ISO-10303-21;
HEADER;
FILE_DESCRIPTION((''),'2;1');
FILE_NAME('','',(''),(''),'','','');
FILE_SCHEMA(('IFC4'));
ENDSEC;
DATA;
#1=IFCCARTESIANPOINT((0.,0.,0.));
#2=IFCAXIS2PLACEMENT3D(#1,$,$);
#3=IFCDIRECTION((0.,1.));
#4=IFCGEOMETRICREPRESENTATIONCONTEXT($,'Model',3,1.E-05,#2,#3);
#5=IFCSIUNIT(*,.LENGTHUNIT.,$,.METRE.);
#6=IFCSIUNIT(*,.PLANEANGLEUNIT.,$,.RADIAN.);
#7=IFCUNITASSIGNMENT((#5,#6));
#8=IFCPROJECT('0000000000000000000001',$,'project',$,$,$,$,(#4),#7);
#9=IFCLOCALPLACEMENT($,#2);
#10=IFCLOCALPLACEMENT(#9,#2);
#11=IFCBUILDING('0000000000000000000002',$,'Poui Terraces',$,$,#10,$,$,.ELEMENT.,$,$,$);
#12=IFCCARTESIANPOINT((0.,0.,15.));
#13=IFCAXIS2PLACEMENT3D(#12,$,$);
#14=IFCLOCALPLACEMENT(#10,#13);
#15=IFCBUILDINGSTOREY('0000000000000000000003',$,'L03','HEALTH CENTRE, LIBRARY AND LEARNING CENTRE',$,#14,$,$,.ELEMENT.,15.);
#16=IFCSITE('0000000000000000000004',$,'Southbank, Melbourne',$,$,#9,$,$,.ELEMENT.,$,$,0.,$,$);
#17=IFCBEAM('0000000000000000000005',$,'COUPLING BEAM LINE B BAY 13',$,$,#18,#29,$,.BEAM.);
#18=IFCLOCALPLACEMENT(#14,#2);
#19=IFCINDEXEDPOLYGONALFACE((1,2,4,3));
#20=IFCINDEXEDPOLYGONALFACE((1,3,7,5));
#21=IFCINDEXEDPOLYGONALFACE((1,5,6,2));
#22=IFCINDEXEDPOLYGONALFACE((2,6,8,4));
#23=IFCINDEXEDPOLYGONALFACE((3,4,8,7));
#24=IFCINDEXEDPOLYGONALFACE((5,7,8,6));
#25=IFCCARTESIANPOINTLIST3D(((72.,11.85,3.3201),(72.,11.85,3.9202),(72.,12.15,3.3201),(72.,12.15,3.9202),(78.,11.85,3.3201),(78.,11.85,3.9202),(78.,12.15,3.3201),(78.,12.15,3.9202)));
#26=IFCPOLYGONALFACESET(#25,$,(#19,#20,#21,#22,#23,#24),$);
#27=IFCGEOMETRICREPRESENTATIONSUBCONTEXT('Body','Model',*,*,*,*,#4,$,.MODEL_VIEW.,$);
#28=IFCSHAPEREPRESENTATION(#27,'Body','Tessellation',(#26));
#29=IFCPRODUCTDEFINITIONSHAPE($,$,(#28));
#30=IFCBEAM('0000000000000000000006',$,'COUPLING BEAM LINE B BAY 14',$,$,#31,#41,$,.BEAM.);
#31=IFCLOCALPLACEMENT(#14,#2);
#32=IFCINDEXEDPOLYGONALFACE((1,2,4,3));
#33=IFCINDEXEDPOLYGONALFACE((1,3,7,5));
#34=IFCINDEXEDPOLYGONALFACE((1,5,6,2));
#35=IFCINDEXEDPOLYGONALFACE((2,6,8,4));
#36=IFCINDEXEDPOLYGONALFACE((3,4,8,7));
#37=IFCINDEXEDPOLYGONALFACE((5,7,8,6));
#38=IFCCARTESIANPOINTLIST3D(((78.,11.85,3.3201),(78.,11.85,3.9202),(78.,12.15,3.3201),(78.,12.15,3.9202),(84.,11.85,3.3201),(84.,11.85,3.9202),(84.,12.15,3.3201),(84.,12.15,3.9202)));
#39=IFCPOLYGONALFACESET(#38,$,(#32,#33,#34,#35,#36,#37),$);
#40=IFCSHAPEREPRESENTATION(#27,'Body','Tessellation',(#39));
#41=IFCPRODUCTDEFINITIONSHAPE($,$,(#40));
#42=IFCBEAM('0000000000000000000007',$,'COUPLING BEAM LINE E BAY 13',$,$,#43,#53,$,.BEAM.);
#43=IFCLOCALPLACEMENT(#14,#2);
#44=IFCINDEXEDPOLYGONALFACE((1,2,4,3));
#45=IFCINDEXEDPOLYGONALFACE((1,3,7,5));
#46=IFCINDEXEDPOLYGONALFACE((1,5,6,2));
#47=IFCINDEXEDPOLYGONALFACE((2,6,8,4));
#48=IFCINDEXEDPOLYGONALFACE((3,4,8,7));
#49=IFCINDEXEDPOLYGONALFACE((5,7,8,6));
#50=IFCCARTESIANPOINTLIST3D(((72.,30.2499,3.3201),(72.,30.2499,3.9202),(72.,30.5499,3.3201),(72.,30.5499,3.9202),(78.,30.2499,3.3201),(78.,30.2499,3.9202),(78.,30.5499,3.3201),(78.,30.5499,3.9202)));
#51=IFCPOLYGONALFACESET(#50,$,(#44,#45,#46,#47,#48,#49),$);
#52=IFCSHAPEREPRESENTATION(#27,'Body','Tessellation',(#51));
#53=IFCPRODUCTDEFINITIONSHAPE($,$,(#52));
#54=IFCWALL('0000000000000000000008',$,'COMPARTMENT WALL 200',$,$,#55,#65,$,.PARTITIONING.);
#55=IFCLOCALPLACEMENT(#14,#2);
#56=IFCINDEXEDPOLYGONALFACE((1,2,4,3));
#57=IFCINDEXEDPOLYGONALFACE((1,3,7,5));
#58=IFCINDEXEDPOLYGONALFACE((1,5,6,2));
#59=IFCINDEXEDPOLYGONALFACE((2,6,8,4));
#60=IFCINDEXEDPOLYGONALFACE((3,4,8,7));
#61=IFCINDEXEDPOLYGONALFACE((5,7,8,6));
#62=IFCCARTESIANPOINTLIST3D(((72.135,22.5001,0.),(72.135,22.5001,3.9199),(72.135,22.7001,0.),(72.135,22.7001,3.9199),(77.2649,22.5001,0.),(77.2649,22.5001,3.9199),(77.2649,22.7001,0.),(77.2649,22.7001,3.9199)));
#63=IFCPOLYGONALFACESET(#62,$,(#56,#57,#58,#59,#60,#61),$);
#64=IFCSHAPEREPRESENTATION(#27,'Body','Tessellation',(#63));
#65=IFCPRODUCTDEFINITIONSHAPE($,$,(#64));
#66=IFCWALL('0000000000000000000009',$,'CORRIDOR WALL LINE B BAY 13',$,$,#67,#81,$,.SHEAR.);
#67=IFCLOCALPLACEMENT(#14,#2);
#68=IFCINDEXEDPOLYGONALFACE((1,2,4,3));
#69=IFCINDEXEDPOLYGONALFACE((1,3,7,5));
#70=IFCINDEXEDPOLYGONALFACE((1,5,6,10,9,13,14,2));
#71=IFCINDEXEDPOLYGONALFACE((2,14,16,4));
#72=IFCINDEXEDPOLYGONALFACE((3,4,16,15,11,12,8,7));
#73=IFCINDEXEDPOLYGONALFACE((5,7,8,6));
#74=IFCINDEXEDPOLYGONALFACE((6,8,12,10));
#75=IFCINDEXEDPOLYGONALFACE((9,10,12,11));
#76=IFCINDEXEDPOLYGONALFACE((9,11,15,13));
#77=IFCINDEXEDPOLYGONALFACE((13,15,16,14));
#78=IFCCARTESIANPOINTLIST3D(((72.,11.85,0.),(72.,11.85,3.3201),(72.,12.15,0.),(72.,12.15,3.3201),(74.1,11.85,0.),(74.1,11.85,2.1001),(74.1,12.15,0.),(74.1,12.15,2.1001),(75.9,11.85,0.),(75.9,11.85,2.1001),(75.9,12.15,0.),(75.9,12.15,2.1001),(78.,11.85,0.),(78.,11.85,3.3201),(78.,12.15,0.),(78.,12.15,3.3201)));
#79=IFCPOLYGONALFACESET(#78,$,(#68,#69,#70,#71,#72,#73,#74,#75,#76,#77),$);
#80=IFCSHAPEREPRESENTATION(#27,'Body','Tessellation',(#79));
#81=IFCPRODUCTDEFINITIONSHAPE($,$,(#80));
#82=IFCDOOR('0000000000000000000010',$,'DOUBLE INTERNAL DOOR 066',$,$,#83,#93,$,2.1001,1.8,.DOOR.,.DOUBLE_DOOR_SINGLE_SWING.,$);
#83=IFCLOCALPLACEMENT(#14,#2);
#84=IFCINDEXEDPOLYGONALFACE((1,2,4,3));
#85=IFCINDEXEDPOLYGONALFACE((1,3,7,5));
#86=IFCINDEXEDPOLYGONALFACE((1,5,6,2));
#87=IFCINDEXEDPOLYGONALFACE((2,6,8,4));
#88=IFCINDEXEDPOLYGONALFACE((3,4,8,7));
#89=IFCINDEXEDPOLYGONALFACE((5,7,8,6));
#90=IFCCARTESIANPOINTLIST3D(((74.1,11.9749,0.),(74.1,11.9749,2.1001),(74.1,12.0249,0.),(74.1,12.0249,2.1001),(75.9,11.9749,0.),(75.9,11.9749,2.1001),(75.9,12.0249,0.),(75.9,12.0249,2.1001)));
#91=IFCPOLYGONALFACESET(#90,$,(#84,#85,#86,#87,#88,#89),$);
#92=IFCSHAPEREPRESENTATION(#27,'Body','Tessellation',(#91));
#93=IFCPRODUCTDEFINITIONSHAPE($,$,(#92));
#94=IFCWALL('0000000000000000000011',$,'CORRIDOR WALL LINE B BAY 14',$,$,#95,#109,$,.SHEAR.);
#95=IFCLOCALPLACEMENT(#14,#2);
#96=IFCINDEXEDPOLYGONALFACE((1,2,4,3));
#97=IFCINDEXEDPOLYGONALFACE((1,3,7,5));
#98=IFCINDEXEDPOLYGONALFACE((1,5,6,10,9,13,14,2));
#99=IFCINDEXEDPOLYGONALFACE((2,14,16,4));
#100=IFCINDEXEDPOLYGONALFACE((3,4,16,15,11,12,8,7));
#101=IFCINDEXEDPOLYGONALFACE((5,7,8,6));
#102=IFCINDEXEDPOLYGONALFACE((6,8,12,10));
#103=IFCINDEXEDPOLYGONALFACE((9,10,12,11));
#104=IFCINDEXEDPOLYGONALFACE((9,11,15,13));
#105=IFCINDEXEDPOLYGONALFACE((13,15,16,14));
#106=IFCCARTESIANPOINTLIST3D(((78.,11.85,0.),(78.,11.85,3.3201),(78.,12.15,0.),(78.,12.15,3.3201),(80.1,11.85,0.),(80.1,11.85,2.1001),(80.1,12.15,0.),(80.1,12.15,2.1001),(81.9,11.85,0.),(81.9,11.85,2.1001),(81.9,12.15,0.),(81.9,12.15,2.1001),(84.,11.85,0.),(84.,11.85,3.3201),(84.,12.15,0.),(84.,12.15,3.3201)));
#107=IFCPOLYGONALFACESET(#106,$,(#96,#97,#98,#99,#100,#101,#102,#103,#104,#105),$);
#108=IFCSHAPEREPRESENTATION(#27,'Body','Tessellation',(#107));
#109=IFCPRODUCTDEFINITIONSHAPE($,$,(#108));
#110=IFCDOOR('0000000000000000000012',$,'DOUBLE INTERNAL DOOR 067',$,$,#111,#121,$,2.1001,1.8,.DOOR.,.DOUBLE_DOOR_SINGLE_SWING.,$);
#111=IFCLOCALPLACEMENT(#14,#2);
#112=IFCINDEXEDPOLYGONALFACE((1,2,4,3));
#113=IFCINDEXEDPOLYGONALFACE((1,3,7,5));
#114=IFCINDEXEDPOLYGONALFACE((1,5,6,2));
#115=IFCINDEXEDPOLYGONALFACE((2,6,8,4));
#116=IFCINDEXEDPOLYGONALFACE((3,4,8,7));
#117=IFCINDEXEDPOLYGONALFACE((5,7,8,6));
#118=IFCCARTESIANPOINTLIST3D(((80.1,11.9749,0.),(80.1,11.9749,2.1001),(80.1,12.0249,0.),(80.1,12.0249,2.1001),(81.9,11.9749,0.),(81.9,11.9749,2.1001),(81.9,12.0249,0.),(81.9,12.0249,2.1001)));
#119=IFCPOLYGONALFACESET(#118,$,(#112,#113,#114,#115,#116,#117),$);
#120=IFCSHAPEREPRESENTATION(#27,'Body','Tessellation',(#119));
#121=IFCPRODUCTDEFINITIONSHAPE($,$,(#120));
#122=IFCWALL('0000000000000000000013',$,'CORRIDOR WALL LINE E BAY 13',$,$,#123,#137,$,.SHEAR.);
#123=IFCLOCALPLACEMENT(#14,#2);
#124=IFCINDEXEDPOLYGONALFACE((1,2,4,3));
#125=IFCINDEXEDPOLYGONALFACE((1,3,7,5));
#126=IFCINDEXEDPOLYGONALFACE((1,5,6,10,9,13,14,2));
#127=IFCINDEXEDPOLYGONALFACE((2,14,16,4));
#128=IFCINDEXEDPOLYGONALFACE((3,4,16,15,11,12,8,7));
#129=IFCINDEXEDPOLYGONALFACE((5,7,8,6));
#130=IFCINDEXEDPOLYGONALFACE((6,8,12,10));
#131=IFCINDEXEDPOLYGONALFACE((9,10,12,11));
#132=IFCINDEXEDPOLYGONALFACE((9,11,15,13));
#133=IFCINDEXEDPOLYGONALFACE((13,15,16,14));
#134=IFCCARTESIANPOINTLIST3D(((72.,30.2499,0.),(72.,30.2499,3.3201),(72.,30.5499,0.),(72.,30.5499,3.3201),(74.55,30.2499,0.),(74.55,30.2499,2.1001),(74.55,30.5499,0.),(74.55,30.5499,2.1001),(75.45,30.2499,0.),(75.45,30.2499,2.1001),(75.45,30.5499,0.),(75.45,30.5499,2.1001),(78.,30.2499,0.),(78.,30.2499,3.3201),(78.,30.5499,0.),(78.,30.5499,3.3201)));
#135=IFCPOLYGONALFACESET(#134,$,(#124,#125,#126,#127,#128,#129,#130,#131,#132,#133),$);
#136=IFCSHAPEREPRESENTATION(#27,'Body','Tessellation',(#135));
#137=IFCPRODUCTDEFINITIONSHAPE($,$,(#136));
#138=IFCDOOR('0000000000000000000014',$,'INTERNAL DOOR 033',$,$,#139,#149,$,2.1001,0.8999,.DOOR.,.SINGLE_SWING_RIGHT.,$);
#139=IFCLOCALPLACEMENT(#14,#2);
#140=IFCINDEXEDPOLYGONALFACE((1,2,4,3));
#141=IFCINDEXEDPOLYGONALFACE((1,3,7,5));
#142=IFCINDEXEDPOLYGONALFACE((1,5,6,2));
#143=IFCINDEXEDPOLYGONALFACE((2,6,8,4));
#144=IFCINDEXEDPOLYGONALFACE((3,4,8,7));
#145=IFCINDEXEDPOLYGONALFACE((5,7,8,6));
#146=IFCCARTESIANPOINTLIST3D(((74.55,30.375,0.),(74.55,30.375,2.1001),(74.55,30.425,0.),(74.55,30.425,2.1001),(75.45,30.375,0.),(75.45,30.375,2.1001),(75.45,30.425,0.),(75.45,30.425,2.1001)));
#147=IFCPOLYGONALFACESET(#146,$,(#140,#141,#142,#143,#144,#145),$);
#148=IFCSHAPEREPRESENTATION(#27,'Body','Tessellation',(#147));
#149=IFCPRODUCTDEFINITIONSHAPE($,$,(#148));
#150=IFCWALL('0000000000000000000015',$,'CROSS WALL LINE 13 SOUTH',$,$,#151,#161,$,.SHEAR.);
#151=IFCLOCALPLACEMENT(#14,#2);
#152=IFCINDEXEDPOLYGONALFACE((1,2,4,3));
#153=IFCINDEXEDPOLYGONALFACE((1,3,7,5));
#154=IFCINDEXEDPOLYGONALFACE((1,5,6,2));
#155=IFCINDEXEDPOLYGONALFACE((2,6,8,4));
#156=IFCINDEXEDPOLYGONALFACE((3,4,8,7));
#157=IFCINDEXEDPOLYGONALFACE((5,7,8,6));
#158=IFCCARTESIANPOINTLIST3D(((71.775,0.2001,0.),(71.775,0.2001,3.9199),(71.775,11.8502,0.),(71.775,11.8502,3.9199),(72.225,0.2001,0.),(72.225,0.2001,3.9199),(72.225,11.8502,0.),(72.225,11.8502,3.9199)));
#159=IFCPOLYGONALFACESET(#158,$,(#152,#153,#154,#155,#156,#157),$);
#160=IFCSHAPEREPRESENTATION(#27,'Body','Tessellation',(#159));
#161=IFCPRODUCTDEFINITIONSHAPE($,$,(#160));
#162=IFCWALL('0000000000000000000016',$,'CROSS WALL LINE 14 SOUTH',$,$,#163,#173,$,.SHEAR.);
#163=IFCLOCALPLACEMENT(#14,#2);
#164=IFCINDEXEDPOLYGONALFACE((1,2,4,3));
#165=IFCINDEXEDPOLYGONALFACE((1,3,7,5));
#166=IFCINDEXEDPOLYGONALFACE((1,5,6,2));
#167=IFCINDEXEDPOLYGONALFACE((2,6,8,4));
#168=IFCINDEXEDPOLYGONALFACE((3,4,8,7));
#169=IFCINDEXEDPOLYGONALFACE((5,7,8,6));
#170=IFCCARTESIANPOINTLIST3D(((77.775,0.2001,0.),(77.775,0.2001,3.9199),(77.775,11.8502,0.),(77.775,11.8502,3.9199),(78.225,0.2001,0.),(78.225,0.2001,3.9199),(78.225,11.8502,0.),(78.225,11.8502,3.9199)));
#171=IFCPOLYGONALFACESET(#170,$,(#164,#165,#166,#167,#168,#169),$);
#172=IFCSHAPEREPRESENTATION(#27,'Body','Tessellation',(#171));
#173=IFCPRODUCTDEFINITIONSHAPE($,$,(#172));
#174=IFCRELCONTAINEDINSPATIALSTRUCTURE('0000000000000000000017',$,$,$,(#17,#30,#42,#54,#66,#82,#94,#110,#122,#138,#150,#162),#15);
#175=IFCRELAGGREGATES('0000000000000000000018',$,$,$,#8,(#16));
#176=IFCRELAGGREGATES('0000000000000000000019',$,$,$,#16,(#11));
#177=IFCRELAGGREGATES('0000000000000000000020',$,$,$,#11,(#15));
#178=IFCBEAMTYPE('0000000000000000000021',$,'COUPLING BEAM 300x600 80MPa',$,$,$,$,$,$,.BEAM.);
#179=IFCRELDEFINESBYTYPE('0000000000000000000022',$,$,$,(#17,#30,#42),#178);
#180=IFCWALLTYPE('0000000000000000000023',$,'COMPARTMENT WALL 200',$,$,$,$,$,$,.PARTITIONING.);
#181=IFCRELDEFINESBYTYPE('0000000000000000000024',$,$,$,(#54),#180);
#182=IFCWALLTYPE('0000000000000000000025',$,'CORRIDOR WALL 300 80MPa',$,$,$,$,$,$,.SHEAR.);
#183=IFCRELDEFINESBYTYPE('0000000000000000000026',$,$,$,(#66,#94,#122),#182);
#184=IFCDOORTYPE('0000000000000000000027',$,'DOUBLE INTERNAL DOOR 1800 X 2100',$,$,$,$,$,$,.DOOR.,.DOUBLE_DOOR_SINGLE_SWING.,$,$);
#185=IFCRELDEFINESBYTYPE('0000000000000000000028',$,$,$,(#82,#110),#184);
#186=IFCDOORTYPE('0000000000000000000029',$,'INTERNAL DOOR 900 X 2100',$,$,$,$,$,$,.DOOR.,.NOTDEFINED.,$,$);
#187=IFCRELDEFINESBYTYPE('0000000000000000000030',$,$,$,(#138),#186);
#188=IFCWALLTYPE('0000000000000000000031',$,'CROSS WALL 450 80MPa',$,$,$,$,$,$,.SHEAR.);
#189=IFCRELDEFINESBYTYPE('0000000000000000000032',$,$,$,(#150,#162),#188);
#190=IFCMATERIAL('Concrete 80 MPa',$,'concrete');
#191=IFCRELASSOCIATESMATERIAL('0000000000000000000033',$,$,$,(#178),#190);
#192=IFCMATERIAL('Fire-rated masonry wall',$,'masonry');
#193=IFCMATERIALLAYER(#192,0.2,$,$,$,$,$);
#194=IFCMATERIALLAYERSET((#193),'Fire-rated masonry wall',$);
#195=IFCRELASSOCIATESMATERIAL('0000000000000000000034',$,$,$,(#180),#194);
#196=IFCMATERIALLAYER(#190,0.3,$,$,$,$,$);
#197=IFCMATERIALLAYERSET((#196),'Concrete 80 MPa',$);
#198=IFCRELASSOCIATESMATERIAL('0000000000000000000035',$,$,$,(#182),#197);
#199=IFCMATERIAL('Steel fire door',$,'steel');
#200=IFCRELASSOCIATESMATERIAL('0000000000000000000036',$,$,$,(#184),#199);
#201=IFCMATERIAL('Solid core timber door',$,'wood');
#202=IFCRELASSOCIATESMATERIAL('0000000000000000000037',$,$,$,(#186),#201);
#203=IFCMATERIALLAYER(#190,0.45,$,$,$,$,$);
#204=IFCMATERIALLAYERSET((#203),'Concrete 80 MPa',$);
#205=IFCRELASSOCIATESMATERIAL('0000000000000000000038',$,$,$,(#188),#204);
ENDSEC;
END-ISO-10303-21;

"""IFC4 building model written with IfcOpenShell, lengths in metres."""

from ifc_helpers import new_model, si_unit, direction, frame, frame_2d, origin, origin_2d, place, context, subcontext, project, spatial, rectangle, extrude, source, transform, mapped, material, layer, layer_set, material_profile, profile_set, type_object, element, fill, save


model = new_model("IFC4")

# Units and contexts
model_context = context("Model", 3, precision=1e-05, world=origin(), true_north=direction((0.0, 1.0)))
body_context = subcontext(model_context, "Body", "Model", "MODEL_VIEW")
ifc_project = project(units=[si_unit("LENGTHUNIT", "METRE"), si_unit("PLANEANGLEUNIT", "RADIAN")], contexts=[model_context])

# Site, building, storey
site_placement = place(None, origin())
site = spatial("IfcSite", under=ifc_project, at=site_placement, Name="Southbank, Melbourne", CompositionType="ELEMENT", RefElevation=0.0)
building_placement = place(site_placement, origin())
building = spatial("IfcBuilding", under=site, at=building_placement, Name="Poui Terraces", CompositionType="ELEMENT")
storey_placement = place(building_placement, frame((0.0, 0.0, 15.0)))
storey = spatial("IfcBuildingStorey", under=building, at=storey_placement, Name="L03", Description="HEALTH CENTRE, LIBRARY AND LEARNING CENTRE", CompositionType="ELEMENT", Elevation=15.0)

# Beams
ifc_material_1 = material(Name="Concrete 80 MPa", Category="concrete")
ifc_material_profile = material_profile(ifc_material_1, rectangle(XDim=0.3, YDim=0.6001, at=origin_2d()), Name="RC 300x600")
ifc_profile_set = profile_set([ifc_material_profile], Name="Concrete 80 MPa")
beam_type = type_object("IfcBeamType", Name="COUPLING BEAM 300x600 80MPa", PredefinedType="BEAM", material=ifc_profile_set)
shared_shape = source(origin(), body_context, "Body", "SweptSolid", [
    extrude(rectangle(XDim=0.3, YDim=0.6001, at=origin_2d()), origin(), (0.0, 0.0, 1.0), 6.0),
])
for number, where, z_axis, x_axis, name in (
    (1, (72.0, 12.0, 3.6201), (1.0, 0.0, 0.0), (0.0, 1.0, 0.0), "COUPLING BEAM LINE B BAY 13"),
    (2, (78.0, 12.0, 3.6201), (1.0, 0.0, 0.0), (0.0, 1.0, 0.0), "COUPLING BEAM LINE B BAY 14"),
    (3, (72.0, 30.3999, 3.6201), (1.0, 0.0, 0.0), (0.0, 1.0, 0.0), "COUPLING BEAM LINE E BAY 13"),
):
    element("IfcBeam", number, at=place(storey_placement, frame(where, z_axis=z_axis, x_axis=x_axis)), inside=storey, type_object=beam_type, Name=name, PredefinedType="BEAM", context=body_context, shape_type="MappedRepresentation", body=[
        mapped(shared_shape, transform((0.0, 0.0, 0.0))),
    ])

# Wall
ifc_material_2 = material(Name="Fire-rated masonry wall", Category="masonry")
ifc_layer_1 = layer(ifc_material_2, 0.2)
ifc_layer_set_1 = layer_set([ifc_layer_1], Name="Fire-rated masonry wall")
wall_type_1 = type_object("IfcWallType", Name="COMPARTMENT WALL 200", PredefinedType="PARTITIONING", material=ifc_layer_set_1)
wall_1_placement = place(storey_placement, frame((72.135, 22.6001, 0.0), z_axis=(0.0, 0.0, 1.0), x_axis=(1.0, 0.0, 0.0)))
element("IfcWall", 4, at=wall_1_placement, inside=storey, type_object=wall_type_1, Name="COMPARTMENT WALL 200", PredefinedType="PARTITIONING", context=body_context, shape_type="SweptSolid", body=[
    extrude(rectangle(XDim=5.1299, YDim=0.2, at=frame_2d((2.5649, 0.0))), origin(), (0.0, 0.0, 1.0), 3.9199),
])

# Walls, openings, doors
ifc_layer_2 = layer(ifc_material_1, 0.3)
ifc_layer_set_2 = layer_set([ifc_layer_2], Name="Concrete 80 MPa")
wall_type_2 = type_object("IfcWallType", Name="CORRIDOR WALL 300 80MPa", PredefinedType="SHEAR", material=ifc_layer_set_2)
wall_2_placement = place(storey_placement, frame((72.0, 12.0, 0.0), z_axis=(0.0, 0.0, 1.0), x_axis=(1.0, 0.0, 0.0)))
wall_2 = element("IfcWall", 5, at=wall_2_placement, inside=storey, type_object=wall_type_2, Name="CORRIDOR WALL LINE B BAY 13", PredefinedType="SHEAR", context=body_context, shape_type="SweptSolid", body=[
    extrude(rectangle(XDim=6.0, YDim=0.3, at=frame_2d((3.0, 0.0))), origin(), (0.0, 0.0, 1.0), 3.3201),
])
opening_1_placement = place(wall_2_placement, frame((2.1001, 0.0, 0.0)))
opening_1 = element("IfcOpeningElement", 6, at=opening_1_placement, cuts=wall_2, PredefinedType="OPENING", context=body_context, shape_type="SweptSolid", body=[
    extrude(rectangle(XDim=1.8, YDim=2.1001, at=frame_2d((0.8999, 1.05))), frame((0.0, 0.1602, 0.0), z_axis=(0.0, -1.0, 0.0), x_axis=(1.0, 0.0, 0.0)), (0.0, 0.0, 1.0), 0.3201),
])
ifc_material_3 = material(Name="Steel fire door", Category="steel")
door_type_1 = type_object("IfcDoorType", Name="DOUBLE INTERNAL DOOR 1800 X 2100", OperationType="DOUBLE_DOOR_SINGLE_SWING", PredefinedType="DOOR", material=ifc_material_3)
door_1_placement = place(opening_1_placement, origin())
door_1 = element("IfcDoor", 7, at=door_1_placement, inside=storey, type_object=door_type_1, Name="DOUBLE INTERNAL DOOR 066", OperationType="DOUBLE_DOOR_SINGLE_SWING", OverallHeight=2.1001, OverallWidth=1.8, PredefinedType="DOOR", context=body_context, shape_type="SweptSolid", body=[
    extrude(rectangle(XDim=1.8, YDim=2.1001, at=frame_2d((0.8999, 1.05))), frame((0.0, 0.0249, 0.0), z_axis=(0.0, -1.0, 0.0), x_axis=(1.0, 0.0, 0.0)), (0.0, 0.0, 1.0), 0.05),
])
fill(opening_1, door_1)
wall_3_placement = place(storey_placement, frame((78.0, 12.0, 0.0), z_axis=(0.0, 0.0, 1.0), x_axis=(1.0, 0.0, 0.0)))
wall_3 = element("IfcWall", 8, at=wall_3_placement, inside=storey, type_object=wall_type_2, Name="CORRIDOR WALL LINE B BAY 14", PredefinedType="SHEAR", context=body_context, shape_type="SweptSolid", body=[
    extrude(rectangle(XDim=6.0, YDim=0.3, at=frame_2d((3.0, 0.0))), origin(), (0.0, 0.0, 1.0), 3.3201),
])
opening_2_placement = place(wall_3_placement, frame((2.1001, 0.0, 0.0)))
opening_2 = element("IfcOpeningElement", 9, at=opening_2_placement, cuts=wall_3, PredefinedType="OPENING", context=body_context, shape_type="SweptSolid", body=[
    extrude(rectangle(XDim=1.8, YDim=2.1001, at=frame_2d((0.8999, 1.05))), frame((0.0, 0.1602, 0.0), z_axis=(0.0, -1.0, 0.0), x_axis=(1.0, 0.0, 0.0)), (0.0, 0.0, 1.0), 0.3201),
])
door_2_placement = place(opening_2_placement, origin())
door_2 = element("IfcDoor", 10, at=door_2_placement, inside=storey, type_object=door_type_1, Name="DOUBLE INTERNAL DOOR 067", OperationType="DOUBLE_DOOR_SINGLE_SWING", OverallHeight=2.1001, OverallWidth=1.8, PredefinedType="DOOR", context=body_context, shape_type="SweptSolid", body=[
    extrude(rectangle(XDim=1.8, YDim=2.1001, at=frame_2d((0.8999, 1.05))), frame((0.0, 0.0249, 0.0), z_axis=(0.0, -1.0, 0.0), x_axis=(1.0, 0.0, 0.0)), (0.0, 0.0, 1.0), 0.05),
])
fill(opening_2, door_2)
wall_4_placement = place(storey_placement, frame((72.0, 30.3999, 0.0), z_axis=(0.0, 0.0, 1.0), x_axis=(1.0, 0.0, 0.0)))
wall_4 = element("IfcWall", 11, at=wall_4_placement, inside=storey, type_object=wall_type_2, Name="CORRIDOR WALL LINE E BAY 13", PredefinedType="SHEAR", context=body_context, shape_type="SweptSolid", body=[
    extrude(rectangle(XDim=6.0, YDim=0.3, at=frame_2d((3.0, 0.0))), origin(), (0.0, 0.0, 1.0), 3.3201),
])
opening_3_placement = place(wall_4_placement, frame((2.55, 0.0, 0.0)))
opening_3 = element("IfcOpeningElement", 12, at=opening_3_placement, cuts=wall_4, PredefinedType="OPENING", context=body_context, shape_type="SweptSolid", body=[
    extrude(rectangle(XDim=0.8999, YDim=2.1001, at=frame_2d((0.45, 1.05))), frame((0.0, 0.1602, 0.0), z_axis=(0.0, -1.0, 0.0), x_axis=(1.0, 0.0, 0.0)), (0.0, 0.0, 1.0), 0.3201),
])
ifc_material_4 = material(Name="Solid core timber door", Category="wood")
door_type_2 = type_object("IfcDoorType", Name="INTERNAL DOOR 900 X 2100", OperationType="NOTDEFINED", PredefinedType="DOOR", material=ifc_material_4)
door_3_placement = place(opening_3_placement, frame((0.8999, 0.0, 0.0), z_axis=(0.0, 0.0, 1.0), x_axis=(-1.0, 0.0, 0.0)))
door_3 = element("IfcDoor", 13, at=door_3_placement, inside=storey, type_object=door_type_2, Name="INTERNAL DOOR 033", OperationType="SINGLE_SWING_RIGHT", OverallHeight=2.1001, OverallWidth=0.8999, PredefinedType="DOOR", context=body_context, shape_type="SweptSolid", body=[
    extrude(rectangle(XDim=0.8999, YDim=2.1001, at=frame_2d((0.45, 1.05))), frame((0.0, 0.0249, 0.0), z_axis=(0.0, -1.0, 0.0), x_axis=(1.0, 0.0, 0.0)), (0.0, 0.0, 1.0), 0.05),
])
fill(opening_3, door_3)

# Walls
ifc_layer_3 = layer(ifc_material_1, 0.45)
ifc_layer_set_3 = layer_set([ifc_layer_3], Name="Concrete 80 MPa")
wall_type_3 = type_object("IfcWallType", Name="CROSS WALL 450 80MPa", PredefinedType="SHEAR", material=ifc_layer_set_3)
for number, where, z_axis, x_axis, name in (
    (14, (72.0, 0.2, 0.0), (0.0, 0.0, 1.0), (0.0, 1.0, 0.0), "CROSS WALL LINE 13 SOUTH"),
    (15, (78.0, 0.2, 0.0), (0.0, 0.0, 1.0), (0.0, 1.0, 0.0), "CROSS WALL LINE 14 SOUTH"),
):
    element("IfcWall", number, at=place(storey_placement, frame(where, z_axis=z_axis, x_axis=x_axis)), inside=storey, type_object=wall_type_3, Name=name, PredefinedType="SHEAR", context=body_context, shape_type="SweptSolid", body=[
        extrude(rectangle(XDim=11.6501, YDim=0.45, at=frame_2d((5.8252, 0.0))), origin(), (0.0, 0.0, 1.0), 3.9199),
    ])

save(model, "model.ifc")
